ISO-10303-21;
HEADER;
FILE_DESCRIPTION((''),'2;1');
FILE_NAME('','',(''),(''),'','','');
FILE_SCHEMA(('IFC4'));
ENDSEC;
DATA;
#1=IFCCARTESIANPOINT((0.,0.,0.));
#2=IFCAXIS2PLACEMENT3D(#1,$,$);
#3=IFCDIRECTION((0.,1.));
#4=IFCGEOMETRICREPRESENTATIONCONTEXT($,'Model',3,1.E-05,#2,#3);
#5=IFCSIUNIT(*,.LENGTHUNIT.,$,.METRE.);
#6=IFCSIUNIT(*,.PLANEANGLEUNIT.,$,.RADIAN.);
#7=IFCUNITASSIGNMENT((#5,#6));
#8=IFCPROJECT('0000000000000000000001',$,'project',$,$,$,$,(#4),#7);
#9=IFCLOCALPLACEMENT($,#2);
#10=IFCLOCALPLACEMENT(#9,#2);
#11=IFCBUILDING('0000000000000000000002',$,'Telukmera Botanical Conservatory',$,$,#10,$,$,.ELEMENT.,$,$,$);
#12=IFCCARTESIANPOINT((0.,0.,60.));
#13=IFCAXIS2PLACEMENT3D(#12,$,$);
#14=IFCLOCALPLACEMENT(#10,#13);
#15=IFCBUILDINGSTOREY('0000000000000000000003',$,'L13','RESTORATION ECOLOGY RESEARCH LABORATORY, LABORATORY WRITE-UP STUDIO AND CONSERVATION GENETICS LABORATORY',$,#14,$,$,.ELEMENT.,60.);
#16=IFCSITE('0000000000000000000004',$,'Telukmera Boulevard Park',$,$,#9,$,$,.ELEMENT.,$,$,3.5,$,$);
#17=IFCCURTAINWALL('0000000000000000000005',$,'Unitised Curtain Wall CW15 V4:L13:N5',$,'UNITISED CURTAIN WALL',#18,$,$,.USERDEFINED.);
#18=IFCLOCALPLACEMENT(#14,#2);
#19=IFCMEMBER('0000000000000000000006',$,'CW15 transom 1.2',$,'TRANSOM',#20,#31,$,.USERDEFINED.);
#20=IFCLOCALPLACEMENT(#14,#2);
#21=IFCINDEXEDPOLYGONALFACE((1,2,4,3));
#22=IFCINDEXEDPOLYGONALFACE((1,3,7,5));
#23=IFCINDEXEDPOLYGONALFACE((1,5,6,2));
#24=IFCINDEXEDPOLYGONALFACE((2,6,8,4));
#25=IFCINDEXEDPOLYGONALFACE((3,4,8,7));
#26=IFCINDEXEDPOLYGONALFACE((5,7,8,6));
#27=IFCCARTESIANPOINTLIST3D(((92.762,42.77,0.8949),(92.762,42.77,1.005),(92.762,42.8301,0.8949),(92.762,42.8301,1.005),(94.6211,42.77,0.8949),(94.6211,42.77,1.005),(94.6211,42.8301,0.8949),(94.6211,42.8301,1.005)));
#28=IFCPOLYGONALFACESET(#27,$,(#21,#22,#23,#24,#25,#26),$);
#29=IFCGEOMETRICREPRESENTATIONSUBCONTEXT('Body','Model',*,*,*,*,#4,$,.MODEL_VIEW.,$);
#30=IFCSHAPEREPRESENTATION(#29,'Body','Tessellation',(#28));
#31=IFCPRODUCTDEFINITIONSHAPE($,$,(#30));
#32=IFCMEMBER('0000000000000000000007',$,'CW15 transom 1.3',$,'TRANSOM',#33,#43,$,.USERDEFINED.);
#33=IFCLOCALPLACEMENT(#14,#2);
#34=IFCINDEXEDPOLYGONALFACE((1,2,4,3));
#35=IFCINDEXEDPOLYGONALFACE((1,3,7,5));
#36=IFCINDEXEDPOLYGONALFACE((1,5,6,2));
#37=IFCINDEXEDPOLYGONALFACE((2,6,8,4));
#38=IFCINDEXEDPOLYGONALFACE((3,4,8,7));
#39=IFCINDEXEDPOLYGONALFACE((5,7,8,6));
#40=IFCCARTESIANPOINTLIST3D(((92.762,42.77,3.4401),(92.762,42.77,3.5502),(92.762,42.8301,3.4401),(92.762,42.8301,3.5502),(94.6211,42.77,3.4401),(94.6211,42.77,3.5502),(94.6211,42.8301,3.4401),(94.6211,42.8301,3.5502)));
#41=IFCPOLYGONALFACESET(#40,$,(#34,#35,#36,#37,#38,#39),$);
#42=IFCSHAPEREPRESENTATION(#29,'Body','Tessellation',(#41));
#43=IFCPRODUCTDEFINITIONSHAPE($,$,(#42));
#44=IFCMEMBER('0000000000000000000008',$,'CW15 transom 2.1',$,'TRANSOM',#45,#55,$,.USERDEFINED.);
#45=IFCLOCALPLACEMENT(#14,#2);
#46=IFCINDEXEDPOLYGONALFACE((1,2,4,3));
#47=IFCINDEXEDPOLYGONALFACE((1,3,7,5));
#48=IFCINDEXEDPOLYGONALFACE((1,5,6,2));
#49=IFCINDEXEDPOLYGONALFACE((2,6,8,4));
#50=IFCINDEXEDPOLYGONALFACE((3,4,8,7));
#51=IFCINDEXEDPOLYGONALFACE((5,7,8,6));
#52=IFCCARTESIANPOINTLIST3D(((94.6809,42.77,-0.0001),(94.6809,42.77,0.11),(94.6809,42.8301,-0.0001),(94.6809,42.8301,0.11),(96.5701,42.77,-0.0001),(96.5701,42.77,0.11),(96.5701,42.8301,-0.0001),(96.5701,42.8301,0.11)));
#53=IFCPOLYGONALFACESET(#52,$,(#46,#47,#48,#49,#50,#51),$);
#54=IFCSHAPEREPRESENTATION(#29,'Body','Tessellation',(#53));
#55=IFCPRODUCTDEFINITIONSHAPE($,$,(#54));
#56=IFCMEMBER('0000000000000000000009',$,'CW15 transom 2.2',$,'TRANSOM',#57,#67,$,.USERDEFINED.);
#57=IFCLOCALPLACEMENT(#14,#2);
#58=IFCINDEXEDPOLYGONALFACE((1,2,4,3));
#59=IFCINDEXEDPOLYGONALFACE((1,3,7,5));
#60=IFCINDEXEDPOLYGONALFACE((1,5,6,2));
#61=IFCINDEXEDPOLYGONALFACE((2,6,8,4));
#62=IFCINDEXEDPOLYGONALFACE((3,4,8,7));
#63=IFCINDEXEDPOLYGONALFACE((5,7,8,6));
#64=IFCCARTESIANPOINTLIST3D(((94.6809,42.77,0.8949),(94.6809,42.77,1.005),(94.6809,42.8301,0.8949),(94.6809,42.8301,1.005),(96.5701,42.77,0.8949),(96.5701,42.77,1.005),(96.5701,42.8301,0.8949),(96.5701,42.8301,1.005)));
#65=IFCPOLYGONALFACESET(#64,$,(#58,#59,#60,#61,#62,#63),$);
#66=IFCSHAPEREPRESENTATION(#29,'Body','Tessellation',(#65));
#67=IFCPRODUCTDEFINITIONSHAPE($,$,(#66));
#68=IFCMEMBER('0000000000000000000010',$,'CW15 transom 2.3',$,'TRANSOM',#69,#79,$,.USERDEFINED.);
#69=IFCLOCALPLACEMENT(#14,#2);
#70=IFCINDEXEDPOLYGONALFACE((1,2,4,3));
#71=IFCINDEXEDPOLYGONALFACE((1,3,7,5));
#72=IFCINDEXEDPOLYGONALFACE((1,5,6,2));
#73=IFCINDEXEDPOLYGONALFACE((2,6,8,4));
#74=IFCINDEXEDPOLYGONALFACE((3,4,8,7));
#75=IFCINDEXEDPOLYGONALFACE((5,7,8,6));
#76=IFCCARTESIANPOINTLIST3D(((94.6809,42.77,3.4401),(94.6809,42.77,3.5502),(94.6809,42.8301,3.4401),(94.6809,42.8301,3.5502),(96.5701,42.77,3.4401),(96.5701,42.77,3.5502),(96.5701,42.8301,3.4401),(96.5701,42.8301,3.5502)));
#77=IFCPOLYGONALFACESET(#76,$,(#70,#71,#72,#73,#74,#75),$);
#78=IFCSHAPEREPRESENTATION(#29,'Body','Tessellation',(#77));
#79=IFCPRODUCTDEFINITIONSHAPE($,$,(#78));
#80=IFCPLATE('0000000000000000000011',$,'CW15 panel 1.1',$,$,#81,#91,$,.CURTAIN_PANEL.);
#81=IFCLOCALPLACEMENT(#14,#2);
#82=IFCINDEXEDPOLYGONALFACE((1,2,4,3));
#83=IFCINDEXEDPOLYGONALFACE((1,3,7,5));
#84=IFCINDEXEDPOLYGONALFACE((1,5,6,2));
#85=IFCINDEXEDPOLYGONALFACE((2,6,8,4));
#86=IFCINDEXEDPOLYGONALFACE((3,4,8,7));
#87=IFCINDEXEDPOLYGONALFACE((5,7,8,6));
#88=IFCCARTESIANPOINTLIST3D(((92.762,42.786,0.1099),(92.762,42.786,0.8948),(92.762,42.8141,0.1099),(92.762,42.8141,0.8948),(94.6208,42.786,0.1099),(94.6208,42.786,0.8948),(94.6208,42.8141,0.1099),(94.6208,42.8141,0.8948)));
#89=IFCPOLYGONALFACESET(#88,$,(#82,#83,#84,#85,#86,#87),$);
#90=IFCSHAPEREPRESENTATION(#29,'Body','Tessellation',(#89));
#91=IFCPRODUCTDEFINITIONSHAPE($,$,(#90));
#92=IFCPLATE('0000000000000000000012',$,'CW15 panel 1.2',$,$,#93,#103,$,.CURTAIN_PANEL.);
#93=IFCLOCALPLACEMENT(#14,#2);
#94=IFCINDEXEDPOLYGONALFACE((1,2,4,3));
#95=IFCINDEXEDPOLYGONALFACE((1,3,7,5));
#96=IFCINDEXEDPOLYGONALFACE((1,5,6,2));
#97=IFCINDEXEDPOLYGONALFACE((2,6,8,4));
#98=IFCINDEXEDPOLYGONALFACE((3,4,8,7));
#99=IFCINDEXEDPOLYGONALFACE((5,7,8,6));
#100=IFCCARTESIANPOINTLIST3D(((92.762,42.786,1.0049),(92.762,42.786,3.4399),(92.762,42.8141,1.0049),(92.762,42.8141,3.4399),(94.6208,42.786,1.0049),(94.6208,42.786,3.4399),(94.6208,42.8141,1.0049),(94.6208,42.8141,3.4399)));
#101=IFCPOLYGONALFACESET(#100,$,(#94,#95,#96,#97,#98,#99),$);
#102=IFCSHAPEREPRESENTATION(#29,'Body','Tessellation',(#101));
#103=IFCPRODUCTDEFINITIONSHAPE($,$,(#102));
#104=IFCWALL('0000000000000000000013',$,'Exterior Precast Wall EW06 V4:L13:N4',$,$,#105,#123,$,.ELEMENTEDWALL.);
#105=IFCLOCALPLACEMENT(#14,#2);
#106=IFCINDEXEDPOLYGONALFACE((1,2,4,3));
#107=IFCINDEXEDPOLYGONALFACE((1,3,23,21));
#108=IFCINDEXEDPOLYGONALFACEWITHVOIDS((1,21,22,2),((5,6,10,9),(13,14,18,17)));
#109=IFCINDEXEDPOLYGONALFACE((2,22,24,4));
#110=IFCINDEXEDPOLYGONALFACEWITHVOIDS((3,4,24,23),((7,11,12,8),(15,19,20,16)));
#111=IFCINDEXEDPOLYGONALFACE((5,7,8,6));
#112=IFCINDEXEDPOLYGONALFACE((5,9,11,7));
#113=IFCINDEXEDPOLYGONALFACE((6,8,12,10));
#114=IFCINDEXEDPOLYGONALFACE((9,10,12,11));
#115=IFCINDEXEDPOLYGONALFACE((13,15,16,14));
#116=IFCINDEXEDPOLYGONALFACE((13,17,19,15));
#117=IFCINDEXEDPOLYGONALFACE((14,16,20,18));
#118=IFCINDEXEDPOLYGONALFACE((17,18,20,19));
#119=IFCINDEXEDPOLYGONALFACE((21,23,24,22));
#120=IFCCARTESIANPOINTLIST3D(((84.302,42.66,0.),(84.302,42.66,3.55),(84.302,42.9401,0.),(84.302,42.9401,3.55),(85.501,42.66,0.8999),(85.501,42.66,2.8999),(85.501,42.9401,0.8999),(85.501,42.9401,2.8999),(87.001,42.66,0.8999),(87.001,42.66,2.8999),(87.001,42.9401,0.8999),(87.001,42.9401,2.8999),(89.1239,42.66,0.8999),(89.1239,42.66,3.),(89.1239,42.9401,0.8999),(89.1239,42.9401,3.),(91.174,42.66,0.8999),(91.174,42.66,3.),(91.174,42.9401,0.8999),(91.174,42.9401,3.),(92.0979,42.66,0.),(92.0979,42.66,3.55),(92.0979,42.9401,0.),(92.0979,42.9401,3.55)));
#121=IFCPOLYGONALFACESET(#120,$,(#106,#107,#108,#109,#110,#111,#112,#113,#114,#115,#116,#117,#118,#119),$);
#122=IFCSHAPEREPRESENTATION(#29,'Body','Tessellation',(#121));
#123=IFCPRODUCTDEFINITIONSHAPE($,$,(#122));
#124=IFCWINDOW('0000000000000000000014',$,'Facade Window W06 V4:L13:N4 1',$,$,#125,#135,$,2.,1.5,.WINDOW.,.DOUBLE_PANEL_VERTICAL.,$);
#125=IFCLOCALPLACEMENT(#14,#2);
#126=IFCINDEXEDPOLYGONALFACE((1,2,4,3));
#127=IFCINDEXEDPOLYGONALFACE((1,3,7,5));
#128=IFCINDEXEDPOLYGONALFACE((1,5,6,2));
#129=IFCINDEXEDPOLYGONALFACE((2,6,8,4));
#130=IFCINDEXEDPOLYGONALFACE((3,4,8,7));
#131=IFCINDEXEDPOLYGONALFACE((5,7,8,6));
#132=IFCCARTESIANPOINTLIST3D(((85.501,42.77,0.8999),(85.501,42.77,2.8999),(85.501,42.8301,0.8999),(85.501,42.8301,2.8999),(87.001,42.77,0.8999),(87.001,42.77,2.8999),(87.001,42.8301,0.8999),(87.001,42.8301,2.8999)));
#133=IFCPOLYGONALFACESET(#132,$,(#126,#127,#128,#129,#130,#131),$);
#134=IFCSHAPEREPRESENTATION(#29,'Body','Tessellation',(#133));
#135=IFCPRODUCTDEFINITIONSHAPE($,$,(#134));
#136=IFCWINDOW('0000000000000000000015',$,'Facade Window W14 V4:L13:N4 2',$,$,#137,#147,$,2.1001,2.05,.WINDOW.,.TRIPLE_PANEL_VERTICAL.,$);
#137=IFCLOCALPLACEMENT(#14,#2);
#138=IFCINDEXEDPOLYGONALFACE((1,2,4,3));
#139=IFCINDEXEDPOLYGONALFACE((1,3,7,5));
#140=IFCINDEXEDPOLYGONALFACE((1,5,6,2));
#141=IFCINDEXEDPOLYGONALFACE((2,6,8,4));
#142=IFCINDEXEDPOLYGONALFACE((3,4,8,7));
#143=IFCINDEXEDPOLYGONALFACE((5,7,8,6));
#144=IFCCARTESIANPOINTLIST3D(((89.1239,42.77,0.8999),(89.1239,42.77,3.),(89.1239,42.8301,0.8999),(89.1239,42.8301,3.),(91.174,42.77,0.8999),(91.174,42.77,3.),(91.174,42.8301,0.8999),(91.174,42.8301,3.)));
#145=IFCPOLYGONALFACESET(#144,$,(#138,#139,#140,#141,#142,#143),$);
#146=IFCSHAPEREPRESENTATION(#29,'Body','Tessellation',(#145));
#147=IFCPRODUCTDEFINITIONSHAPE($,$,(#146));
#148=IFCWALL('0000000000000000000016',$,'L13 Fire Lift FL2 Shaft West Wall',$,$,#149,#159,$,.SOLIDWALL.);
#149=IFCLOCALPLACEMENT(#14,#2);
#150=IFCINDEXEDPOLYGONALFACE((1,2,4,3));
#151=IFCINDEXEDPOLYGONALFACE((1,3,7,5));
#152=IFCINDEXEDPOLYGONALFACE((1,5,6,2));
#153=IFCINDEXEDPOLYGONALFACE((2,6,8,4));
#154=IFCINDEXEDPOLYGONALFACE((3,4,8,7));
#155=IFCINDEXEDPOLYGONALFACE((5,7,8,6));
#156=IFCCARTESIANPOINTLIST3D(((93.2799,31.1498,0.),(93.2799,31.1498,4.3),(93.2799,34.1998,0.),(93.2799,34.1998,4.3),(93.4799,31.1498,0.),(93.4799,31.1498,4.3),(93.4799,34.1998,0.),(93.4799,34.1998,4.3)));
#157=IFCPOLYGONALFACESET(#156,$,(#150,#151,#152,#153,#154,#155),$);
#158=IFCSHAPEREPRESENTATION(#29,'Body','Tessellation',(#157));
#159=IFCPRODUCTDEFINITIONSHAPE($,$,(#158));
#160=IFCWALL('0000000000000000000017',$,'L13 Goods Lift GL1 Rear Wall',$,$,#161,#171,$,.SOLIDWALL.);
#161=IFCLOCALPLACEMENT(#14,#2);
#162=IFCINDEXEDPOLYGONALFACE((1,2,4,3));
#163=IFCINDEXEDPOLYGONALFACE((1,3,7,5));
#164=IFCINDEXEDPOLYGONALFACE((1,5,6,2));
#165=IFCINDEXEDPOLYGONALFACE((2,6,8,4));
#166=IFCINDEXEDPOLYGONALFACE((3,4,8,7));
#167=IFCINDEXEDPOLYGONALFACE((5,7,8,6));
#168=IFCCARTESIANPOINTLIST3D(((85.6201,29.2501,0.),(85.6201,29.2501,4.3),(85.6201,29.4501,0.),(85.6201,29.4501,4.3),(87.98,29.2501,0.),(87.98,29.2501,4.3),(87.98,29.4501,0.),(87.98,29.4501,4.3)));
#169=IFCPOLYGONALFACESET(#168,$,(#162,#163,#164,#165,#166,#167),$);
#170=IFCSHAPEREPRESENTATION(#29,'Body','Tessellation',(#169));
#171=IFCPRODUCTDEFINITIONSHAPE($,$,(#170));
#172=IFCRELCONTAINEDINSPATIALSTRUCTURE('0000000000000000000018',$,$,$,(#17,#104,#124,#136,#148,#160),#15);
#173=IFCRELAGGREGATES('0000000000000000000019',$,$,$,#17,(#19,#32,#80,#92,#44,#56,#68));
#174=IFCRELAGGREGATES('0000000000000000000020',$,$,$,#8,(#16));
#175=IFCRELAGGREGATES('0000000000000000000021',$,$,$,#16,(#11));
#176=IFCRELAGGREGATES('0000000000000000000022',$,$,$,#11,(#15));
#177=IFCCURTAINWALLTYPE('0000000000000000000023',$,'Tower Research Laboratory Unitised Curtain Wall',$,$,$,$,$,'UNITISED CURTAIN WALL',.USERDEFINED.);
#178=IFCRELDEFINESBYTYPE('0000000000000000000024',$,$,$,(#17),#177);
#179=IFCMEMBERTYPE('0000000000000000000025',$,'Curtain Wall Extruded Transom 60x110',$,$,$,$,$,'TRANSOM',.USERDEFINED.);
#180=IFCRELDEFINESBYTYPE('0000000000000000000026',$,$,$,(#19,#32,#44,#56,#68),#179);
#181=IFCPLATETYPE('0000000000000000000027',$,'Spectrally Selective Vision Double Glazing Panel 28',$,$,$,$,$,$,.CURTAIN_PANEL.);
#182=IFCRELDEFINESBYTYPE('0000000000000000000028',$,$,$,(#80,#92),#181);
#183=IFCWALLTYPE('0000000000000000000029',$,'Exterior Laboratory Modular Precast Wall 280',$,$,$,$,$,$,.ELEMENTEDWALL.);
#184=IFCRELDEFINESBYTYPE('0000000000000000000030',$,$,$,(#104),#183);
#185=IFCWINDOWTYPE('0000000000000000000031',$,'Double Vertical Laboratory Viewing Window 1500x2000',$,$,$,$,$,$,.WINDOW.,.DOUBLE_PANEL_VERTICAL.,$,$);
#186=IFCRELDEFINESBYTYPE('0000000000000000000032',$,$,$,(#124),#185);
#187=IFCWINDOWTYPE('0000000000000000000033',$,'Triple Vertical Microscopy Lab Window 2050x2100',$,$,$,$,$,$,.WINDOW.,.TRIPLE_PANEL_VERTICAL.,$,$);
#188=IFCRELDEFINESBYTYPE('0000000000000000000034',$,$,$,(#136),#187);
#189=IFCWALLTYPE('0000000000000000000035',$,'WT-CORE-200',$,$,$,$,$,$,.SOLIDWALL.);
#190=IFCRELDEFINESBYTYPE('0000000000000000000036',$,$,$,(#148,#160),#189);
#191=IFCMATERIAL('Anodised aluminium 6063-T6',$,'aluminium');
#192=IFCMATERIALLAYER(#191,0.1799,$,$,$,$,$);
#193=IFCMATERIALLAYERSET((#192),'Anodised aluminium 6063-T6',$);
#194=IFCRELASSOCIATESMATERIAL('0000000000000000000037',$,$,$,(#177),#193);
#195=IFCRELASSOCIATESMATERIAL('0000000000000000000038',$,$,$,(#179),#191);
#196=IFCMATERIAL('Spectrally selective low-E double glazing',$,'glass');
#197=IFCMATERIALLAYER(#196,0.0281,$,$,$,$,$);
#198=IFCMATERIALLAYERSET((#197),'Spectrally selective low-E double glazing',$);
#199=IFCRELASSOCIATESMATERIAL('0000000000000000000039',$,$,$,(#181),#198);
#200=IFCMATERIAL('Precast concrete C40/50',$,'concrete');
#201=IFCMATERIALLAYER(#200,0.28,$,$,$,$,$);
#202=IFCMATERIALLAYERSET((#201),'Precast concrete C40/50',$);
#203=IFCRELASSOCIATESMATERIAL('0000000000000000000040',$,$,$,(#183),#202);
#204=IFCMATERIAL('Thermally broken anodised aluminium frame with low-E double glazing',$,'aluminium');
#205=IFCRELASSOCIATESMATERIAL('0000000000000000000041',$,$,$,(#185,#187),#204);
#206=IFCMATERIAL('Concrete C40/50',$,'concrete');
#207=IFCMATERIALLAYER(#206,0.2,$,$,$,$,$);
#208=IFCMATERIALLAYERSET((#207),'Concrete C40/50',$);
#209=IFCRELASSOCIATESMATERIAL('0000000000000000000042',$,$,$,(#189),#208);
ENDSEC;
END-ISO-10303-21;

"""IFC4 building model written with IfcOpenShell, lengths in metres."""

from ifc_helpers import new_model, si_unit, direction, frame, frame_2d, origin, origin_2d, place, context, subcontext, project, spatial, rectangle, extrude, material, layer, layer_set, material_profile, profile_set, type_object, element, fill, aggregate, save


model = new_model("IFC4")

# Units and contexts
model_context = context("Model", 3, precision=1e-05, world=origin(), true_north=direction((0.0, 1.0)))
body_context = subcontext(model_context, "Body", "Model", "MODEL_VIEW")
ifc_project = project(units=[si_unit("LENGTHUNIT", "METRE"), si_unit("PLANEANGLEUNIT", "RADIAN")], contexts=[model_context])

# Site, building, storey
site_placement = place(None, origin())
site = spatial("IfcSite", under=ifc_project, at=site_placement, Name="Telukmera Boulevard Park", CompositionType="ELEMENT", RefElevation=3.5)
building_placement = place(site_placement, origin())
building = spatial("IfcBuilding", under=site, at=building_placement, Name="Telukmera Botanical Conservatory", CompositionType="ELEMENT")
storey_placement = place(building_placement, frame((0.0, 0.0, 60.0)))
storey = spatial("IfcBuildingStorey", under=building, at=storey_placement, Name="L13", Description="RESTORATION ECOLOGY RESEARCH LABORATORY, LABORATORY WRITE-UP STUDIO AND CONSERVATION GENETICS LABORATORY", CompositionType="ELEMENT", Elevation=60.0)

# Shared definitions
ifc_material_1 = material(Name="Concrete C40/50", Category="concrete")

# Shared definitions
ifc_material_2 = material(Name="Precast concrete C40/50", Category="concrete")

# Curtain wall, members, plates
ifc_material_3 = material(Name="Anodised aluminium 6063-T6", Category="aluminium")
ifc_layer_1 = layer(ifc_material_3, 0.1799)
ifc_layer_set_1 = layer_set([ifc_layer_1], Name="Anodised aluminium 6063-T6")
curtain_wall_type = type_object("IfcCurtainWallType", Name="Tower Research Laboratory Unitised Curtain Wall", ElementType="UNITISED CURTAIN WALL", PredefinedType="USERDEFINED", material=ifc_layer_set_1)
curtain_wall_placement = place(storey_placement, origin())
curtain_wall = element("IfcCurtainWall", 1, at=curtain_wall_placement, inside=storey, type_object=curtain_wall_type, Name="Unitised Curtain Wall CW15 V4:L13:N5", ObjectType="UNITISED CURTAIN WALL", PredefinedType="USERDEFINED")
ifc_material_profile_1 = material_profile(ifc_material_3, rectangle(XDim=0.0601, YDim=0.1101, at=origin_2d()), Name="ALU TRAN 60x110")
ifc_profile_set_1 = profile_set([ifc_material_profile_1], Name="Anodised aluminium 6063-T6")
member_type_1 = type_object("IfcMemberType", Name="Curtain Wall Extruded Transom 60x110", ElementType="TRANSOM", PredefinedType="USERDEFINED", material=ifc_profile_set_1)
member_1_placement = place(storey_placement, frame((92.762, 42.8, 0.95), z_axis=(1.0, 0.0, 0.0), x_axis=(0.0, 1.0, 0.0)))
member_1 = element("IfcMember", 2, at=member_1_placement, type_object=member_type_1, Name="CW15 transom 1.2", ObjectType="TRANSOM", PredefinedType="USERDEFINED", context=body_context, shape_type="SweptSolid", body=[
    extrude(rectangle(XDim=0.0601, YDim=0.1101, at=origin_2d()), origin(), (0.0, 0.0, 1.0), 1.8591),
])
member_2_placement = place(storey_placement, frame((92.762, 42.8, 3.4951), z_axis=(1.0, 0.0, 0.0), x_axis=(0.0, 1.0, 0.0)))
member_2 = element("IfcMember", 3, at=member_2_placement, type_object=member_type_1, Name="CW15 transom 1.3", ObjectType="TRANSOM", PredefinedType="USERDEFINED", context=body_context, shape_type="SweptSolid", body=[
    extrude(rectangle(XDim=0.0601, YDim=0.1101, at=origin_2d()), origin(), (0.0, 0.0, 1.0), 1.8591),
])
member_3_placement = place(storey_placement, frame((94.6809, 42.8, 0.0549), z_axis=(1.0, 0.0, 0.0), x_axis=(0.0, 1.0, 0.0)))
member_3 = element("IfcMember", 4, at=member_3_placement, type_object=member_type_1, Name="CW15 transom 2.1", ObjectType="TRANSOM", PredefinedType="USERDEFINED", context=body_context, shape_type="SweptSolid", body=[
    extrude(rectangle(XDim=0.0601, YDim=0.1101, at=origin_2d()), origin(), (0.0, 0.0, 1.0), 1.8892),
])
member_4_placement = place(storey_placement, frame((94.6809, 42.8, 0.95), z_axis=(1.0, 0.0, 0.0), x_axis=(0.0, 1.0, 0.0)))
member_4 = element("IfcMember", 5, at=member_4_placement, type_object=member_type_1, Name="CW15 transom 2.2", ObjectType="TRANSOM", PredefinedType="USERDEFINED", context=body_context, shape_type="SweptSolid", body=[
    extrude(rectangle(XDim=0.0601, YDim=0.1101, at=origin_2d()), origin(), (0.0, 0.0, 1.0), 1.8892),
])
member_5_placement = place(storey_placement, frame((94.6809, 42.8, 3.4951), z_axis=(1.0, 0.0, 0.0), x_axis=(0.0, 1.0, 0.0)))
member_5 = element("IfcMember", 6, at=member_5_placement, type_object=member_type_1, Name="CW15 transom 2.3", ObjectType="TRANSOM", PredefinedType="USERDEFINED", context=body_context, shape_type="SweptSolid", body=[
    extrude(rectangle(XDim=0.0601, YDim=0.1101, at=origin_2d()), origin(), (0.0, 0.0, 1.0), 1.8892),
])
ifc_material_4 = material(Name="Spectrally selective low-E double glazing", Category="glass")
ifc_layer_2 = layer(ifc_material_4, 0.0281)
ifc_layer_set_2 = layer_set([ifc_layer_2], Name="Spectrally selective low-E double glazing")
plate_type = type_object("IfcPlateType", Name="Spectrally Selective Vision Double Glazing Panel 28", PredefinedType="CURTAIN_PANEL", material=ifc_layer_set_2)
plate_1_placement = place(storey_placement, frame((93.6914, 42.8, 0.1099), z_axis=(0.0, 0.0, 1.0), x_axis=(1.0, 0.0, 0.0)))
plate_1 = element("IfcPlate", 7, at=plate_1_placement, type_object=plate_type, Name="CW15 panel 1.1", PredefinedType="CURTAIN_PANEL", context=body_context, shape_type="SweptSolid", body=[
    extrude(rectangle(XDim=1.8589, YDim=0.0281, at=origin_2d()), origin(), (0.0, 0.0, 1.0), 0.7849),
])
plate_2_placement = place(storey_placement, frame((93.6914, 42.8, 1.0049), z_axis=(0.0, 0.0, 1.0), x_axis=(1.0, 0.0, 0.0)))
plate_2 = element("IfcPlate", 8, at=plate_2_placement, type_object=plate_type, Name="CW15 panel 1.2", PredefinedType="CURTAIN_PANEL", context=body_context, shape_type="SweptSolid", body=[
    extrude(rectangle(XDim=1.8589, YDim=0.0281, at=origin_2d()), origin(), (0.0, 0.0, 1.0), 2.4351),
])
aggregate(curtain_wall, [member_1, member_2, plate_1, plate_2, member_3, member_4, member_5])

# Wall, openings, windows
ifc_layer_3 = layer(ifc_material_2, 0.28)
ifc_layer_set_3 = layer_set([ifc_layer_3], Name="Precast concrete C40/50")
wall_type_1 = type_object("IfcWallType", Name="Exterior Laboratory Modular Precast Wall 280", PredefinedType="ELEMENTEDWALL", material=ifc_layer_set_3)
wall_1_placement = place(storey_placement, frame((84.302, 42.8, 0.0), z_axis=(0.0, 0.0, 1.0), x_axis=(1.0, 0.0, 0.0)))
wall_1 = element("IfcWall", 9, at=wall_1_placement, inside=storey, type_object=wall_type_1, Name="Exterior Precast Wall EW06 V4:L13:N4", PredefinedType="ELEMENTEDWALL", context=body_context, shape_type="SweptSolid", body=[
    extrude(rectangle(XDim=7.7959, YDim=0.28, at=frame_2d((3.8979, 0.0))), origin(), (0.0, 0.0, 1.0), 3.55),
])
opening_1_placement = place(wall_1_placement, frame((1.199, 0.0, 0.8999)))
opening_1 = element("IfcOpeningElement", 10, at=opening_1_placement, cuts=wall_1, PredefinedType="OPENING", context=body_context, shape_type="SweptSolid", body=[
    extrude(rectangle(XDim=1.5, YDim=2.0, at=frame_2d((0.75, 1.0))), frame((0.0, 0.1499, 0.0), z_axis=(0.0, -1.0, 0.0), x_axis=(1.0, 0.0, 0.0)), (0.0, 0.0, 1.0), 0.3),
])
opening_2_placement = place(wall_1_placement, frame((4.822, 0.0, 0.8999)))
opening_2 = element("IfcOpeningElement", 11, at=opening_2_placement, cuts=wall_1, PredefinedType="OPENING", context=body_context, shape_type="SweptSolid", body=[
    extrude(rectangle(XDim=2.05, YDim=2.1001, at=frame_2d((1.0249, 1.05))), frame((0.0, 0.1499, 0.0), z_axis=(0.0, -1.0, 0.0), x_axis=(1.0, 0.0, 0.0)), (0.0, 0.0, 1.0), 0.3),
])
ifc_material_5 = material(Name="Thermally broken anodised aluminium frame with low-E double glazing", Category="aluminium")
window_type_1 = type_object("IfcWindowType", Name="Double Vertical Laboratory Viewing Window 1500x2000", PartitioningType="DOUBLE_PANEL_VERTICAL", PredefinedType="WINDOW", material=ifc_material_5)
window_1_placement = place(opening_1_placement, origin())
window_1 = element("IfcWindow", 12, at=window_1_placement, inside=storey, type_object=window_type_1, Name="Facade Window W06 V4:L13:N4 1", OverallHeight=2.0, OverallWidth=1.5, PartitioningType="DOUBLE_PANEL_VERTICAL", PredefinedType="WINDOW", context=body_context, shape_type="SweptSolid", body=[
    extrude(rectangle(XDim=1.5, YDim=2.0, at=frame_2d((0.75, 1.0))), frame((0.0, 0.03, 0.0), z_axis=(0.0, -1.0, 0.0), x_axis=(1.0, 0.0, 0.0)), (0.0, 0.0, 1.0), 0.0601),
])
fill(opening_1, window_1)
window_type_2 = type_object("IfcWindowType", Name="Triple Vertical Microscopy Lab Window 2050x2100", PartitioningType="TRIPLE_PANEL_VERTICAL", PredefinedType="WINDOW", material=ifc_material_5)
window_2_placement = place(opening_2_placement, origin())
window_2 = element("IfcWindow", 13, at=window_2_placement, inside=storey, type_object=window_type_2, Name="Facade Window W14 V4:L13:N4 2", OverallHeight=2.1001, OverallWidth=2.05, PartitioningType="TRIPLE_PANEL_VERTICAL", PredefinedType="WINDOW", context=body_context, shape_type="SweptSolid", body=[
    extrude(rectangle(XDim=2.05, YDim=2.1001, at=frame_2d((1.0249, 1.05))), frame((0.0, 0.03, 0.0), z_axis=(0.0, -1.0, 0.0), x_axis=(1.0, 0.0, 0.0)), (0.0, 0.0, 1.0), 0.0601),
])
fill(opening_2, window_2)

# Shared definitions
ifc_layer_4 = layer(ifc_material_1, 0.2)
ifc_layer_set_4 = layer_set([ifc_layer_4], Name="Concrete C40/50")
wall_type_2 = type_object("IfcWallType", Name="WT-CORE-200", PredefinedType="SOLIDWALL", material=ifc_layer_set_4)

# Walls
wall_2_placement = place(storey_placement, frame((93.3799, 31.1499, 0.0), z_axis=(0.0, 0.0, 1.0), x_axis=(0.0, 1.0, 0.0)))
element("IfcWall", 14, at=wall_2_placement, inside=storey, type_object=wall_type_2, Name="L13 Fire Lift FL2 Shaft West Wall", PredefinedType="SOLIDWALL", context=body_context, shape_type="SweptSolid", body=[
    extrude(rectangle(XDim=3.05, YDim=0.2, at=frame_2d((1.5249, 0.0))), origin(), (0.0, 0.0, 1.0), 4.3),
])
wall_3_placement = place(storey_placement, frame((85.6201, 29.3501, 0.0), z_axis=(0.0, 0.0, 1.0), x_axis=(1.0, 0.0, 0.0)))
element("IfcWall", 15, at=wall_3_placement, inside=storey, type_object=wall_type_2, Name="L13 Goods Lift GL1 Rear Wall", PredefinedType="SOLIDWALL", context=body_context, shape_type="SweptSolid", body=[
    extrude(rectangle(XDim=2.3599, YDim=0.2, at=frame_2d((1.1799, 0.0))), origin(), (0.0, 0.0, 1.0), 4.3),
])

save(model, "model.ifc")
